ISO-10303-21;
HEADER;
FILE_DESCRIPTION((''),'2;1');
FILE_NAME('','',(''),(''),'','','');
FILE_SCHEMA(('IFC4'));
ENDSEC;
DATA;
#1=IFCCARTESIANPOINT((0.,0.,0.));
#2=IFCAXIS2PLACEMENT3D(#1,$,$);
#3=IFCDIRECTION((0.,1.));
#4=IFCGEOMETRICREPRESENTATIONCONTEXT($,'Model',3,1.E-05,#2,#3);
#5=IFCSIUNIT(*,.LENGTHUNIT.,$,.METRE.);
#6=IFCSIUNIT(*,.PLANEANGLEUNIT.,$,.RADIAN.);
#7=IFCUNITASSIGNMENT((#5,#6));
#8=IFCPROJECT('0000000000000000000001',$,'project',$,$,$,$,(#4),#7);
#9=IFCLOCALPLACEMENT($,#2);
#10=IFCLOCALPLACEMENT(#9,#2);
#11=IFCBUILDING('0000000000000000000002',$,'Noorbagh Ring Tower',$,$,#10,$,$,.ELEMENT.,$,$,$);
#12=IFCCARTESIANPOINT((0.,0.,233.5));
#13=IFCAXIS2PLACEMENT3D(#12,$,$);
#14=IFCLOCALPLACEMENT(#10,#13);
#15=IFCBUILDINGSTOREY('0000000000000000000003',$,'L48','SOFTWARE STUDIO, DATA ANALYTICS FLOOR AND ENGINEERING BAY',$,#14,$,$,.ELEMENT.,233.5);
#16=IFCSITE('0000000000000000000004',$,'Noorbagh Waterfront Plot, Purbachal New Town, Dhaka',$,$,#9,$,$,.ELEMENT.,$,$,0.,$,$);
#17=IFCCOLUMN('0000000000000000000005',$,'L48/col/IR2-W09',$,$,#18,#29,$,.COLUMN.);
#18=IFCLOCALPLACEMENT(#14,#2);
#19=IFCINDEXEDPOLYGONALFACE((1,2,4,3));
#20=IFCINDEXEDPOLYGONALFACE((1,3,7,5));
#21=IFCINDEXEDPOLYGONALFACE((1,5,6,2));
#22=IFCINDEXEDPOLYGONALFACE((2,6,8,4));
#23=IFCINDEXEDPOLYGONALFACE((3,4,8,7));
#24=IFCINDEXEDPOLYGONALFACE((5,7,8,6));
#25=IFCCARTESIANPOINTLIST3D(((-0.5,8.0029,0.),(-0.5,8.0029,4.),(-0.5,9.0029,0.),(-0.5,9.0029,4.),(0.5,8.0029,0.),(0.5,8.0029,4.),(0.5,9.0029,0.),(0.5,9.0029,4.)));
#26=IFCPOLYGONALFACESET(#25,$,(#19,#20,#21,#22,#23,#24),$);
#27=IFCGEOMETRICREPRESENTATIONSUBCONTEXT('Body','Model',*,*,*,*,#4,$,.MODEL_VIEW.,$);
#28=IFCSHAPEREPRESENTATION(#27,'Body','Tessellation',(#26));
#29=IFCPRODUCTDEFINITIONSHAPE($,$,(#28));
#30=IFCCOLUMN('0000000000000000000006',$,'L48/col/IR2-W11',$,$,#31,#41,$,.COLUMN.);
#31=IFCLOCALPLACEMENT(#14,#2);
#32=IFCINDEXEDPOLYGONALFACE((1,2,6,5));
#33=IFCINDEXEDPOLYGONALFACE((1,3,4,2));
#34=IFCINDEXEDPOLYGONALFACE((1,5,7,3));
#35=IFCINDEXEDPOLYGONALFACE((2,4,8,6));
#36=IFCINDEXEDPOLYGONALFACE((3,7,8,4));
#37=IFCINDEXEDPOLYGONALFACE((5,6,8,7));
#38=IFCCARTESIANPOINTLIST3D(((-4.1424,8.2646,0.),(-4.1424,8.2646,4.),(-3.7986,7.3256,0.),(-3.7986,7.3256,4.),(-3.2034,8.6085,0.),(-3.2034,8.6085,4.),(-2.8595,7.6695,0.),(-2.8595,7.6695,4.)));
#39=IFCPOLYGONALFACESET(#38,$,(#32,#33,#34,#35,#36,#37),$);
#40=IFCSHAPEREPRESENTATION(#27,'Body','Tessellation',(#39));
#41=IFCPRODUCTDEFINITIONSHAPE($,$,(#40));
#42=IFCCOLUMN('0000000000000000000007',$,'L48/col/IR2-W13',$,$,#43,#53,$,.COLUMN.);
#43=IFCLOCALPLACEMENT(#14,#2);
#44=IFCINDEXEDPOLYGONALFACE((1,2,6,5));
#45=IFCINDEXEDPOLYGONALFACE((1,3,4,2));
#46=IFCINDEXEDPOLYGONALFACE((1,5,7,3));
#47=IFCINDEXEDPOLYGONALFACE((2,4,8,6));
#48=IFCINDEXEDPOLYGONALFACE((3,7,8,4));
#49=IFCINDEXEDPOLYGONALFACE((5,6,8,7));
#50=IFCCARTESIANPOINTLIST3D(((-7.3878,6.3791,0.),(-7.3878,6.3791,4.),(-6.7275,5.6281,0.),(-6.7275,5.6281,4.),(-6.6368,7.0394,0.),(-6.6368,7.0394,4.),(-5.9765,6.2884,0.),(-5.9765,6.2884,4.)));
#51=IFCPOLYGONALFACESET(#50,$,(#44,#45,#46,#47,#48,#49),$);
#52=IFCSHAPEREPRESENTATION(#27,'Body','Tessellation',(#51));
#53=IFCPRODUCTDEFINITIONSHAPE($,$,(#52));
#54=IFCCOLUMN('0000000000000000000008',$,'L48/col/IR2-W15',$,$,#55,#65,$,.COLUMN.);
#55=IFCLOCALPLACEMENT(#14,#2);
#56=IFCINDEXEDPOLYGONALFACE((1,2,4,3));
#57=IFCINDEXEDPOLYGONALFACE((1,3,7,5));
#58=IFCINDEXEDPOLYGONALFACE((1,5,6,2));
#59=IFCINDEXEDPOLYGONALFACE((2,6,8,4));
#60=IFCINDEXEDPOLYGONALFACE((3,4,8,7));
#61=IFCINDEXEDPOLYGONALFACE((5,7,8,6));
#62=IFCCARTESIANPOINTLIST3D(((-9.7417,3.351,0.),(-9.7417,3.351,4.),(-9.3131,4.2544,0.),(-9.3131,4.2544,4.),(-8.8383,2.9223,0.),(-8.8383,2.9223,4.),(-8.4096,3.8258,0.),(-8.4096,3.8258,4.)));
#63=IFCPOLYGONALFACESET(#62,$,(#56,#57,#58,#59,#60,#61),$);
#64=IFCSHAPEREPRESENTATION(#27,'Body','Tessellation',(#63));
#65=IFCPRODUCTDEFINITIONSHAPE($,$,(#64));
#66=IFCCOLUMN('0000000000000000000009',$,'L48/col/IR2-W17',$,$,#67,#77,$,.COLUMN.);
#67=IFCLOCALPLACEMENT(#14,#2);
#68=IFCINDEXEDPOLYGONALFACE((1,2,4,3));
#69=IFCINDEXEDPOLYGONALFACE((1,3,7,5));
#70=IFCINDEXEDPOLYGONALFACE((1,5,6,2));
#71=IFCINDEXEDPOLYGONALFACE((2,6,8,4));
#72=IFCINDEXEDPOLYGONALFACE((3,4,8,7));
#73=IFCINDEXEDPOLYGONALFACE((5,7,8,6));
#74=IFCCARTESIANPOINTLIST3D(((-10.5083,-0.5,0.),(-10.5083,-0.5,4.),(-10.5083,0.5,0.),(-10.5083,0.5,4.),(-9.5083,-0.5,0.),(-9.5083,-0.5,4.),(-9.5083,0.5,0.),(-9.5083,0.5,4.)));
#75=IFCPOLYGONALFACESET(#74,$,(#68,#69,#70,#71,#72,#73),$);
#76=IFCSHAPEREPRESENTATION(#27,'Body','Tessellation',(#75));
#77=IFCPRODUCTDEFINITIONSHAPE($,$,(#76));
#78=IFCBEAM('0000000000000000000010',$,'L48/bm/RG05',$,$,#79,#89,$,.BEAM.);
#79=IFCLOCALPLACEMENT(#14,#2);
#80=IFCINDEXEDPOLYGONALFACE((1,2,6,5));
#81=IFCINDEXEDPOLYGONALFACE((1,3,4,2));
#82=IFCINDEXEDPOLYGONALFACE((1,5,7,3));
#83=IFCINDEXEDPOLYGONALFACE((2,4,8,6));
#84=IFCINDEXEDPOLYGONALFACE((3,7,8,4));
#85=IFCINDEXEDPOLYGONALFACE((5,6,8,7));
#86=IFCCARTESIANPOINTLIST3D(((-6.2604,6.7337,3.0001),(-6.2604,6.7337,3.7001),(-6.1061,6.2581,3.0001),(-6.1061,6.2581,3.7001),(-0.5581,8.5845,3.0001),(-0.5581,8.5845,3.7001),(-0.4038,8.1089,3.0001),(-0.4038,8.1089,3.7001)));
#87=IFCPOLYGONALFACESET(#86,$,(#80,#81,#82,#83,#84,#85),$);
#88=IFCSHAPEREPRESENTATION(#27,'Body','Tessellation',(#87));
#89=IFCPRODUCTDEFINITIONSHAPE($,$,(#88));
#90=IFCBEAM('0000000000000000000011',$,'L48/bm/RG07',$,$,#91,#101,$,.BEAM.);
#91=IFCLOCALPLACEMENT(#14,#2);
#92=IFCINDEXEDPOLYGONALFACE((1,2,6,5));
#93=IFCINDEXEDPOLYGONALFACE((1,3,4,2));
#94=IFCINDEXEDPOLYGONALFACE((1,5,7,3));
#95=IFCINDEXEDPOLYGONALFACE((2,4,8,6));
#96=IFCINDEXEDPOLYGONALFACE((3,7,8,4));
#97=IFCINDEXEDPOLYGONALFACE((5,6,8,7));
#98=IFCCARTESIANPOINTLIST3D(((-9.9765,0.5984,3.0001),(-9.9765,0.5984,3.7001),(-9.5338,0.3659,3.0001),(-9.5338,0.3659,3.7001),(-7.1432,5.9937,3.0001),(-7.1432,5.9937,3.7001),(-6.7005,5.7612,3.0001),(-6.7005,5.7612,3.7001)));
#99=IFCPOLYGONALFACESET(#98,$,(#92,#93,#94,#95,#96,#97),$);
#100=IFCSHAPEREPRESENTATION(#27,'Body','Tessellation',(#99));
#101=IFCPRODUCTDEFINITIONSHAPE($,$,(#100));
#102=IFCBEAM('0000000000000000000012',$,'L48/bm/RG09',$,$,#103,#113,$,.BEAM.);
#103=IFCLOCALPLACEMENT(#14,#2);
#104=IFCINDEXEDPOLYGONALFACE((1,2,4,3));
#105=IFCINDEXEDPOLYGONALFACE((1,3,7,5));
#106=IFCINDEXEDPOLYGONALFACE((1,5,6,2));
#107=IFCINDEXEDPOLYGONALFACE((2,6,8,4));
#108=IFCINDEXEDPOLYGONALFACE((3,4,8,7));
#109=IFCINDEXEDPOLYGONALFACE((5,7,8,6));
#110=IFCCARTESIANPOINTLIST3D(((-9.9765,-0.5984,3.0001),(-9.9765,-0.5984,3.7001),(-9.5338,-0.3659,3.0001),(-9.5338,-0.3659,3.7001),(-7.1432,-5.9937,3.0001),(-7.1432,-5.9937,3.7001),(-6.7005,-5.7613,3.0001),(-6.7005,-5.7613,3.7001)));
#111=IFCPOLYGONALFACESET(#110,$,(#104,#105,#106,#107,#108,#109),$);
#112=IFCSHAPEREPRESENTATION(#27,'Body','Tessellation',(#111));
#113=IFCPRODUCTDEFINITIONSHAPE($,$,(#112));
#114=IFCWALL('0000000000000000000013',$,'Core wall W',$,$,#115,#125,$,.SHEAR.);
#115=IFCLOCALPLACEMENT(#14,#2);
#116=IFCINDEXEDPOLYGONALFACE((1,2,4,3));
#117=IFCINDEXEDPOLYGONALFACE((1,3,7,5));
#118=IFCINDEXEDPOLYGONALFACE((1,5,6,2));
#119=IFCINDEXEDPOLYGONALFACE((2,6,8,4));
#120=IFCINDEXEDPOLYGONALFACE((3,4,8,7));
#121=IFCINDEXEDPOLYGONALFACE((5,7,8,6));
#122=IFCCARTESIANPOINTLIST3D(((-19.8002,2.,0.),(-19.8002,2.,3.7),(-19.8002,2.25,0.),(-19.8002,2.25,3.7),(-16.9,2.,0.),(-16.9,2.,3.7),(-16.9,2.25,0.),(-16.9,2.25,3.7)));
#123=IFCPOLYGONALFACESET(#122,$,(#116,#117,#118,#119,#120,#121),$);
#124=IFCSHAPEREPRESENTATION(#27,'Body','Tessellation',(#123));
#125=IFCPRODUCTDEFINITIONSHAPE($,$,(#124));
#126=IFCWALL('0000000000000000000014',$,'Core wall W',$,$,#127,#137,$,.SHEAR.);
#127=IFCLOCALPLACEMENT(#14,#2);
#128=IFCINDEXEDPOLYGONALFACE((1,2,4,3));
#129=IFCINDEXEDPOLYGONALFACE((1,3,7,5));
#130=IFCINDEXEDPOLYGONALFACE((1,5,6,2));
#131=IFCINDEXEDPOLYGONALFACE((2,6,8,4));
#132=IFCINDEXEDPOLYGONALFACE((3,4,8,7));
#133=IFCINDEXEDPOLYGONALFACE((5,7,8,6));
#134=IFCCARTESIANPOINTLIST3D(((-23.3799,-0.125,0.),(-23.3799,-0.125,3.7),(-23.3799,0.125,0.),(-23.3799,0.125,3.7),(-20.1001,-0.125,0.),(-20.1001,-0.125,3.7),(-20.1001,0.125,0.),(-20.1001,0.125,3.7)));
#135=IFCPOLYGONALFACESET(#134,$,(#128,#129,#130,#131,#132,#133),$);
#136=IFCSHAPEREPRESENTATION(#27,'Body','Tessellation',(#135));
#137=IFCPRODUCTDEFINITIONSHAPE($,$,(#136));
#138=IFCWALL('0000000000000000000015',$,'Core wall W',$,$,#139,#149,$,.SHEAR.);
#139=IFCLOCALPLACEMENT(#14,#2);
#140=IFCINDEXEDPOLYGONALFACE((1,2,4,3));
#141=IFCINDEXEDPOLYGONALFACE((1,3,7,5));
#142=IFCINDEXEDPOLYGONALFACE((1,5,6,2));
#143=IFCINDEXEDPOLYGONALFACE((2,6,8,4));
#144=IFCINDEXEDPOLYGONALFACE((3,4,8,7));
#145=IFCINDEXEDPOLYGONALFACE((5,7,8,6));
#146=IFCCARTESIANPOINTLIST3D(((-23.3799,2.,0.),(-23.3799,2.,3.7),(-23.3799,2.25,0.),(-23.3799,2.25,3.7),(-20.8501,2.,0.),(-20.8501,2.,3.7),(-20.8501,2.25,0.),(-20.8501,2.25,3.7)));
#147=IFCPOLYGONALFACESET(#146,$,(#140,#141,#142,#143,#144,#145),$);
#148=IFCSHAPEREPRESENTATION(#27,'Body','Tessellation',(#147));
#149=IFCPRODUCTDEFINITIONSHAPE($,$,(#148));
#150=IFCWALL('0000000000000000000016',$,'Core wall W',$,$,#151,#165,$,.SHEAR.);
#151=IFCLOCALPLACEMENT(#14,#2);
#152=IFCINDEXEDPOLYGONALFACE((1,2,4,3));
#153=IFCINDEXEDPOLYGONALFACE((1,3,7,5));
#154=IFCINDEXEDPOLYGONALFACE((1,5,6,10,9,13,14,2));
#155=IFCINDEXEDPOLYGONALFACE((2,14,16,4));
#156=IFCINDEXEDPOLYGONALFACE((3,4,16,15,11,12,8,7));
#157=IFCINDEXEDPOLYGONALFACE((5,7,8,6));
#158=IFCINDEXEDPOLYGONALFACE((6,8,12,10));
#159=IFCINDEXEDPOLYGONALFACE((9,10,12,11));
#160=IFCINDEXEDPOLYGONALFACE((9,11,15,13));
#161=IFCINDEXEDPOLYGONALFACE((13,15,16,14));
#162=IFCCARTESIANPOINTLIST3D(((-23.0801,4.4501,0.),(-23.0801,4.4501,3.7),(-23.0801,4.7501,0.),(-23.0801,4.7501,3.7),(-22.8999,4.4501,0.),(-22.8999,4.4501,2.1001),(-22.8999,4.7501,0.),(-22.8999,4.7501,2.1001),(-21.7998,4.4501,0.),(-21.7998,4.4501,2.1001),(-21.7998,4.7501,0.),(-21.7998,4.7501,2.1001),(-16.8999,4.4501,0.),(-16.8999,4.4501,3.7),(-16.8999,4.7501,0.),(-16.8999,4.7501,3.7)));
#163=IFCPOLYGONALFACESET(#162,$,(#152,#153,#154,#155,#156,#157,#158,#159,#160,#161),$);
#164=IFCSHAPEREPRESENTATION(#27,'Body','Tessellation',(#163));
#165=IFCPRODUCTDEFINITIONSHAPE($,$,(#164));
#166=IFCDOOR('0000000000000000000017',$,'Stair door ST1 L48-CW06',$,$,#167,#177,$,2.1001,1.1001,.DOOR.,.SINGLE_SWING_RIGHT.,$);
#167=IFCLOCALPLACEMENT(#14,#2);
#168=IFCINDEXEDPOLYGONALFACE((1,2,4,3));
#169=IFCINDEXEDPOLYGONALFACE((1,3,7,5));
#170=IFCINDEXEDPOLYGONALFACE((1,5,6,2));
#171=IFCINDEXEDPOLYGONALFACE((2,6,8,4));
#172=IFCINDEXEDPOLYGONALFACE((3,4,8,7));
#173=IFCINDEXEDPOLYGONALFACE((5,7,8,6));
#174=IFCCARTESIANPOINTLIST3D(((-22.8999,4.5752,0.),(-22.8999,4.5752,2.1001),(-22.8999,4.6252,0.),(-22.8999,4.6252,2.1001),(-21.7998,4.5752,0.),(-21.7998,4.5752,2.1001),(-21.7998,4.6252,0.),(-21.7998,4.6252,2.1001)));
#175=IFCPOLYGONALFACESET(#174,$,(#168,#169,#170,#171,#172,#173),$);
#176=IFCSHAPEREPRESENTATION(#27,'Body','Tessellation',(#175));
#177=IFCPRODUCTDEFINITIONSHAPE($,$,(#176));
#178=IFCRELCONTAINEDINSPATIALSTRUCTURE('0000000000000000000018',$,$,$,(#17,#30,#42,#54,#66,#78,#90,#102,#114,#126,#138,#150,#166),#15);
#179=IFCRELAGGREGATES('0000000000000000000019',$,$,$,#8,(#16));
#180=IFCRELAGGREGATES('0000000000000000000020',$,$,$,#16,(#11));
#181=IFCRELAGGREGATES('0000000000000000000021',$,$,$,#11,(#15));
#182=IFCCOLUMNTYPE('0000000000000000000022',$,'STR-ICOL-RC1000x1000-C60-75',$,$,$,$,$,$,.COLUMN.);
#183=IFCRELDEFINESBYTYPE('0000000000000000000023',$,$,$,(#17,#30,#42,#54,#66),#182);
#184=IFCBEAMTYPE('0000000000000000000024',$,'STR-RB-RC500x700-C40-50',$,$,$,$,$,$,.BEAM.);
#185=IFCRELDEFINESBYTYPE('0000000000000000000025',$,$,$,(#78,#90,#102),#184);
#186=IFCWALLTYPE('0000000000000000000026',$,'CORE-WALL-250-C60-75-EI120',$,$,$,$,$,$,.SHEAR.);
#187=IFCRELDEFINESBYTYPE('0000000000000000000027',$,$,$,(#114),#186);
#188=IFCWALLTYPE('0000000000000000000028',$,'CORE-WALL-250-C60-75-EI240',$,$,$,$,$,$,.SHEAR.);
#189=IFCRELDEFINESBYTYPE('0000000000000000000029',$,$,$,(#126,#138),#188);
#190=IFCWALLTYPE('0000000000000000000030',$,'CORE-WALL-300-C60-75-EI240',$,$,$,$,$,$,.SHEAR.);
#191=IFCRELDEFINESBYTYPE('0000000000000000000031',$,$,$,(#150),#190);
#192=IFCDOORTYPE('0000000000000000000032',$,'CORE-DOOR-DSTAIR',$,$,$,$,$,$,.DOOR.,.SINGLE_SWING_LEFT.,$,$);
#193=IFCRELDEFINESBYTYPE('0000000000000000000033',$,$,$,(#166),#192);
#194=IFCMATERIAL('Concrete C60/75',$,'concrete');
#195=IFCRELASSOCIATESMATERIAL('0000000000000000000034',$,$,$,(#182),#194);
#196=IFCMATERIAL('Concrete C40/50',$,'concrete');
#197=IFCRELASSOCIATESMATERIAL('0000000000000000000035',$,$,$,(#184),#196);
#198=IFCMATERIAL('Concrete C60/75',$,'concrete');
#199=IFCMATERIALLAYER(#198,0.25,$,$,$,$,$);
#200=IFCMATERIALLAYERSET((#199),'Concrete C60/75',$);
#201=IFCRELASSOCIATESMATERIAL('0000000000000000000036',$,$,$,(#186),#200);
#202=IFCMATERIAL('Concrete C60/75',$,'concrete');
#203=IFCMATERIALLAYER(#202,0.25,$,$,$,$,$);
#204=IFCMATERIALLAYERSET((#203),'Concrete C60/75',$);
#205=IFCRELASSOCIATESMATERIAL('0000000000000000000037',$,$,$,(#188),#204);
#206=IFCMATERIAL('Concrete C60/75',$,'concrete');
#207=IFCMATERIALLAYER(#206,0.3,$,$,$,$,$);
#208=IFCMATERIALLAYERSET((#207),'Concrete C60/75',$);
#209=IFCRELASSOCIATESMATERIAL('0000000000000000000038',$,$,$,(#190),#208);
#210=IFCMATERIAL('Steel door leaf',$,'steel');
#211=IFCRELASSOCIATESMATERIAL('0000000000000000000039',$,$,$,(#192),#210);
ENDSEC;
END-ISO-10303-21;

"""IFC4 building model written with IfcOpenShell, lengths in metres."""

from ifc_helpers import new_model, si_unit, direction, frame, frame_2d, origin, origin_2d, place, context, subcontext, project, spatial, rectangle, extrude, material, layer, layer_set, material_profile, profile_set, type_object, element, fill, save


model = new_model("IFC4")

# Units and contexts
model_context = context("Model", 3, precision=1e-05, world=origin(), true_north=direction((0.0, 1.0)))
body_context = subcontext(model_context, "Body", "Model", "MODEL_VIEW")
ifc_project = project(units=[si_unit("LENGTHUNIT", "METRE"), si_unit("PLANEANGLEUNIT", "RADIAN")], contexts=[model_context])

# Site, building, storey
site_placement = place(None, origin())
site = spatial("IfcSite", under=ifc_project, at=site_placement, Name="Noorbagh Waterfront Plot, Purbachal New Town, Dhaka", CompositionType="ELEMENT", RefElevation=0.0)
building_placement = place(site_placement, origin())
building = spatial("IfcBuilding", under=site, at=building_placement, Name="Noorbagh Ring Tower", CompositionType="ELEMENT")
storey_placement = place(building_placement, frame((0.0, 0.0, 233.5)))
storey = spatial("IfcBuildingStorey", under=building, at=storey_placement, Name="L48", Description="SOFTWARE STUDIO, DATA ANALYTICS FLOOR AND ENGINEERING BAY", CompositionType="ELEMENT", Elevation=233.5)

# Columns
ifc_material_1 = material(Name="Concrete C60/75", Category="concrete")
ifc_material_profile_1 = material_profile(ifc_material_1, rectangle(XDim=1.0, YDim=1.0, at=origin_2d()), Name="RC1000x1000")
ifc_profile_set_1 = profile_set([ifc_material_profile_1], Name="Concrete C60/75")
column_type = type_object("IfcColumnType", Name="STR-ICOL-RC1000x1000-C60-75", PredefinedType="COLUMN", material=ifc_profile_set_1)
for number, where, z_axis, x_axis, name in (
    (1, (0.0, 8.5029, 0.0), (0.0, 0.0, 1.0), (-1.0, 0.0, 0.0), "L48/col/IR2-W09"),
    (2, (-3.501, 7.967, 0.0), (0.0, 0.0, 1.0), (-0.93902, -0.343864, 0.0), "L48/col/IR2-W11"),
    (3, (-6.6821, 6.3337, 0.0), (0.0, 0.0, 1.0), (-0.751022, -0.660277, 0.0), "L48/col/IR2-W13"),
    (4, (-9.0757, 3.5884, 0.0), (0.0, 0.0, 1.0), (-0.428667, -0.903463, 0.0), "L48/col/IR2-W15"),
    (5, (-10.0083, 0.0, 0.0), (0.0, 0.0, 1.0), (0.0, -1.0, 0.0), "L48/col/IR2-W17"),
):
    element("IfcColumn", number, at=place(storey_placement, frame(where, z_axis=z_axis, x_axis=x_axis)), inside=storey, type_object=column_type, Name=name, PredefinedType="COLUMN", context=body_context, shape_type="SweptSolid", body=[
        extrude(rectangle(XDim=1.0, YDim=1.0, at=origin_2d()), origin(), (0.0, 0.0, 1.0), 4.0),
    ])

# Beams
ifc_material_2 = material(Name="Concrete C40/50", Category="concrete")
ifc_material_profile_2 = material_profile(ifc_material_2, rectangle(XDim=0.5, YDim=0.7, at=origin_2d()), Name="RC500x700")
ifc_profile_set_2 = profile_set([ifc_material_profile_2], Name="Concrete C40/50")
beam_type = type_object("IfcBeamType", Name="STR-RB-RC500x700-C40-50", PredefinedType="BEAM", material=ifc_profile_set_2)
beam_placement = place(storey_placement, frame((-0.481, 8.3467, 3.3501), z_axis=(-0.951154, -0.308717, 0.0), x_axis=(0.308717, -0.951154, 0.0)))
element("IfcBeam", 6, at=beam_placement, inside=storey, type_object=beam_type, Name="L48/bm/RG05", PredefinedType="BEAM", context=body_context, shape_type="SweptSolid", body=[
    extrude(rectangle(XDim=0.5, YDim=0.7, at=origin_2d()), origin(), (0.0, 0.0, 1.0), 5.9951),
])
for number, where, z_axis, x_axis, name in (
    (7, (-6.9219, 5.8774, 3.3501), (-0.464929, -0.885348, 0.0), (0.885348, -0.464929, 0.0), "L48/bm/RG07"),
    (8, (-9.7551, -0.4822, 3.3501), (0.464929, -0.885348, 0.0), (0.885348, 0.464929, 0.0), "L48/bm/RG09"),
):
    element("IfcBeam", number, at=place(storey_placement, frame(where, z_axis=z_axis, x_axis=x_axis)), inside=storey, type_object=beam_type, Name=name, PredefinedType="BEAM", context=body_context, shape_type="SweptSolid", body=[
        extrude(rectangle(XDim=0.5, YDim=0.7, at=origin_2d()), origin(), (0.0, 0.0, 1.0), 6.094),
    ])

# Walls
ifc_material_3 = material(Name="Concrete C60/75", Category="concrete")
ifc_layer_1 = layer(ifc_material_3, 0.25)
ifc_layer_set_1 = layer_set([ifc_layer_1], Name="Concrete C60/75")
wall_type_1 = type_object("IfcWallType", Name="CORE-WALL-250-C60-75-EI120", PredefinedType="SHEAR", material=ifc_layer_set_1)
wall_1_placement = place(storey_placement, frame((-16.8999, 2.125, 0.0), z_axis=(0.0, 0.0, 1.0), x_axis=(-1.0, 0.0, 0.0)))
element("IfcWall", 9, at=wall_1_placement, inside=storey, type_object=wall_type_1, Name="Core wall W", PredefinedType="SHEAR", context=body_context, shape_type="SweptSolid", body=[
    extrude(rectangle(XDim=2.9001, YDim=0.25, at=frame_2d((1.4502, 0.0))), origin(), (0.0, 0.0, 1.0), 3.7),
])
ifc_material_4 = material(Name="Concrete C60/75", Category="concrete")
ifc_layer_2 = layer(ifc_material_4, 0.25)
ifc_layer_set_2 = layer_set([ifc_layer_2], Name="Concrete C60/75")
wall_type_2 = type_object("IfcWallType", Name="CORE-WALL-250-C60-75-EI240", PredefinedType="SHEAR", material=ifc_layer_set_2)
wall_2_placement = place(storey_placement, frame((-20.1001, 0.0, 0.0), z_axis=(0.0, 0.0, 1.0), x_axis=(-1.0, 0.0, 0.0)))
element("IfcWall", 10, at=wall_2_placement, inside=storey, type_object=wall_type_2, Name="Core wall W", PredefinedType="SHEAR", context=body_context, shape_type="SweptSolid", body=[
    extrude(rectangle(XDim=3.2798, YDim=0.25, at=frame_2d((1.6399, 0.0))), origin(), (0.0, 0.0, 1.0), 3.7),
])
wall_3_placement = place(storey_placement, frame((-20.8501, 2.125, 0.0), z_axis=(0.0, 0.0, 1.0), x_axis=(-1.0, 0.0, 0.0)))
element("IfcWall", 11, at=wall_3_placement, inside=storey, type_object=wall_type_2, Name="Core wall W", PredefinedType="SHEAR", context=body_context, shape_type="SweptSolid", body=[
    extrude(rectangle(XDim=2.5298, YDim=0.25, at=frame_2d((1.2649, 0.0))), origin(), (0.0, 0.0, 1.0), 3.7),
])

# Wall, opening, door
ifc_material_5 = material(Name="Concrete C60/75", Category="concrete")
ifc_layer_3 = layer(ifc_material_5, 0.3)
ifc_layer_set_3 = layer_set([ifc_layer_3], Name="Concrete C60/75")
wall_type_3 = type_object("IfcWallType", Name="CORE-WALL-300-C60-75-EI240", PredefinedType="SHEAR", material=ifc_layer_set_3)
wall_4_placement = place(storey_placement, frame((-16.8999, 4.6001, 0.0), z_axis=(0.0, 0.0, 1.0), x_axis=(-1.0, 0.0, 0.0)))
wall_4 = element("IfcWall", 12, at=wall_4_placement, inside=storey, type_object=wall_type_3, Name="Core wall W", PredefinedType="SHEAR", context=body_context, shape_type="SweptSolid", body=[
    extrude(rectangle(XDim=6.1802, YDim=0.3, at=frame_2d((3.0901, 0.0))), origin(), (0.0, 0.0, 1.0), 3.7),
])
opening_1_placement = place(wall_4_placement, frame((4.8999, 0.0, 0.0)))
opening_1 = element("IfcOpeningElement", 13, at=opening_1_placement, cuts=wall_4, PredefinedType="OPENING", context=body_context, shape_type="SweptSolid", body=[
    extrude(rectangle(XDim=1.1001, YDim=2.1001, at=frame_2d((0.55, 1.05))), frame((0.0, 0.1602, 0.0), z_axis=(0.0, -1.0, 0.0), x_axis=(1.0, 0.0, 0.0)), (0.0, 0.0, 1.0), 0.3201),
])
ifc_material_6 = material(Name="Steel door leaf", Category="steel")
door_type_1 = type_object("IfcDoorType", Name="CORE-DOOR-DSTAIR", OperationType="SINGLE_SWING_LEFT", PredefinedType="DOOR", material=ifc_material_6)
door_1_placement = place(opening_1_placement, origin())
door_1 = element("IfcDoor", 14, at=door_1_placement, inside=storey, type_object=door_type_1, Name="Stair door ST1 L48-CW06", OperationType="SINGLE_SWING_RIGHT", OverallHeight=2.1001, OverallWidth=1.1001, PredefinedType="DOOR", context=body_context, shape_type="SweptSolid", body=[
    extrude(rectangle(XDim=1.1001, YDim=2.1001, at=frame_2d((0.55, 1.05))), frame((0.0, 0.0249, 0.0), z_axis=(0.0, -1.0, 0.0), x_axis=(1.0, 0.0, 0.0)), (0.0, 0.0, 1.0), 0.05),
])
fill(opening_1, door_1)

save(model, "model.ifc")
